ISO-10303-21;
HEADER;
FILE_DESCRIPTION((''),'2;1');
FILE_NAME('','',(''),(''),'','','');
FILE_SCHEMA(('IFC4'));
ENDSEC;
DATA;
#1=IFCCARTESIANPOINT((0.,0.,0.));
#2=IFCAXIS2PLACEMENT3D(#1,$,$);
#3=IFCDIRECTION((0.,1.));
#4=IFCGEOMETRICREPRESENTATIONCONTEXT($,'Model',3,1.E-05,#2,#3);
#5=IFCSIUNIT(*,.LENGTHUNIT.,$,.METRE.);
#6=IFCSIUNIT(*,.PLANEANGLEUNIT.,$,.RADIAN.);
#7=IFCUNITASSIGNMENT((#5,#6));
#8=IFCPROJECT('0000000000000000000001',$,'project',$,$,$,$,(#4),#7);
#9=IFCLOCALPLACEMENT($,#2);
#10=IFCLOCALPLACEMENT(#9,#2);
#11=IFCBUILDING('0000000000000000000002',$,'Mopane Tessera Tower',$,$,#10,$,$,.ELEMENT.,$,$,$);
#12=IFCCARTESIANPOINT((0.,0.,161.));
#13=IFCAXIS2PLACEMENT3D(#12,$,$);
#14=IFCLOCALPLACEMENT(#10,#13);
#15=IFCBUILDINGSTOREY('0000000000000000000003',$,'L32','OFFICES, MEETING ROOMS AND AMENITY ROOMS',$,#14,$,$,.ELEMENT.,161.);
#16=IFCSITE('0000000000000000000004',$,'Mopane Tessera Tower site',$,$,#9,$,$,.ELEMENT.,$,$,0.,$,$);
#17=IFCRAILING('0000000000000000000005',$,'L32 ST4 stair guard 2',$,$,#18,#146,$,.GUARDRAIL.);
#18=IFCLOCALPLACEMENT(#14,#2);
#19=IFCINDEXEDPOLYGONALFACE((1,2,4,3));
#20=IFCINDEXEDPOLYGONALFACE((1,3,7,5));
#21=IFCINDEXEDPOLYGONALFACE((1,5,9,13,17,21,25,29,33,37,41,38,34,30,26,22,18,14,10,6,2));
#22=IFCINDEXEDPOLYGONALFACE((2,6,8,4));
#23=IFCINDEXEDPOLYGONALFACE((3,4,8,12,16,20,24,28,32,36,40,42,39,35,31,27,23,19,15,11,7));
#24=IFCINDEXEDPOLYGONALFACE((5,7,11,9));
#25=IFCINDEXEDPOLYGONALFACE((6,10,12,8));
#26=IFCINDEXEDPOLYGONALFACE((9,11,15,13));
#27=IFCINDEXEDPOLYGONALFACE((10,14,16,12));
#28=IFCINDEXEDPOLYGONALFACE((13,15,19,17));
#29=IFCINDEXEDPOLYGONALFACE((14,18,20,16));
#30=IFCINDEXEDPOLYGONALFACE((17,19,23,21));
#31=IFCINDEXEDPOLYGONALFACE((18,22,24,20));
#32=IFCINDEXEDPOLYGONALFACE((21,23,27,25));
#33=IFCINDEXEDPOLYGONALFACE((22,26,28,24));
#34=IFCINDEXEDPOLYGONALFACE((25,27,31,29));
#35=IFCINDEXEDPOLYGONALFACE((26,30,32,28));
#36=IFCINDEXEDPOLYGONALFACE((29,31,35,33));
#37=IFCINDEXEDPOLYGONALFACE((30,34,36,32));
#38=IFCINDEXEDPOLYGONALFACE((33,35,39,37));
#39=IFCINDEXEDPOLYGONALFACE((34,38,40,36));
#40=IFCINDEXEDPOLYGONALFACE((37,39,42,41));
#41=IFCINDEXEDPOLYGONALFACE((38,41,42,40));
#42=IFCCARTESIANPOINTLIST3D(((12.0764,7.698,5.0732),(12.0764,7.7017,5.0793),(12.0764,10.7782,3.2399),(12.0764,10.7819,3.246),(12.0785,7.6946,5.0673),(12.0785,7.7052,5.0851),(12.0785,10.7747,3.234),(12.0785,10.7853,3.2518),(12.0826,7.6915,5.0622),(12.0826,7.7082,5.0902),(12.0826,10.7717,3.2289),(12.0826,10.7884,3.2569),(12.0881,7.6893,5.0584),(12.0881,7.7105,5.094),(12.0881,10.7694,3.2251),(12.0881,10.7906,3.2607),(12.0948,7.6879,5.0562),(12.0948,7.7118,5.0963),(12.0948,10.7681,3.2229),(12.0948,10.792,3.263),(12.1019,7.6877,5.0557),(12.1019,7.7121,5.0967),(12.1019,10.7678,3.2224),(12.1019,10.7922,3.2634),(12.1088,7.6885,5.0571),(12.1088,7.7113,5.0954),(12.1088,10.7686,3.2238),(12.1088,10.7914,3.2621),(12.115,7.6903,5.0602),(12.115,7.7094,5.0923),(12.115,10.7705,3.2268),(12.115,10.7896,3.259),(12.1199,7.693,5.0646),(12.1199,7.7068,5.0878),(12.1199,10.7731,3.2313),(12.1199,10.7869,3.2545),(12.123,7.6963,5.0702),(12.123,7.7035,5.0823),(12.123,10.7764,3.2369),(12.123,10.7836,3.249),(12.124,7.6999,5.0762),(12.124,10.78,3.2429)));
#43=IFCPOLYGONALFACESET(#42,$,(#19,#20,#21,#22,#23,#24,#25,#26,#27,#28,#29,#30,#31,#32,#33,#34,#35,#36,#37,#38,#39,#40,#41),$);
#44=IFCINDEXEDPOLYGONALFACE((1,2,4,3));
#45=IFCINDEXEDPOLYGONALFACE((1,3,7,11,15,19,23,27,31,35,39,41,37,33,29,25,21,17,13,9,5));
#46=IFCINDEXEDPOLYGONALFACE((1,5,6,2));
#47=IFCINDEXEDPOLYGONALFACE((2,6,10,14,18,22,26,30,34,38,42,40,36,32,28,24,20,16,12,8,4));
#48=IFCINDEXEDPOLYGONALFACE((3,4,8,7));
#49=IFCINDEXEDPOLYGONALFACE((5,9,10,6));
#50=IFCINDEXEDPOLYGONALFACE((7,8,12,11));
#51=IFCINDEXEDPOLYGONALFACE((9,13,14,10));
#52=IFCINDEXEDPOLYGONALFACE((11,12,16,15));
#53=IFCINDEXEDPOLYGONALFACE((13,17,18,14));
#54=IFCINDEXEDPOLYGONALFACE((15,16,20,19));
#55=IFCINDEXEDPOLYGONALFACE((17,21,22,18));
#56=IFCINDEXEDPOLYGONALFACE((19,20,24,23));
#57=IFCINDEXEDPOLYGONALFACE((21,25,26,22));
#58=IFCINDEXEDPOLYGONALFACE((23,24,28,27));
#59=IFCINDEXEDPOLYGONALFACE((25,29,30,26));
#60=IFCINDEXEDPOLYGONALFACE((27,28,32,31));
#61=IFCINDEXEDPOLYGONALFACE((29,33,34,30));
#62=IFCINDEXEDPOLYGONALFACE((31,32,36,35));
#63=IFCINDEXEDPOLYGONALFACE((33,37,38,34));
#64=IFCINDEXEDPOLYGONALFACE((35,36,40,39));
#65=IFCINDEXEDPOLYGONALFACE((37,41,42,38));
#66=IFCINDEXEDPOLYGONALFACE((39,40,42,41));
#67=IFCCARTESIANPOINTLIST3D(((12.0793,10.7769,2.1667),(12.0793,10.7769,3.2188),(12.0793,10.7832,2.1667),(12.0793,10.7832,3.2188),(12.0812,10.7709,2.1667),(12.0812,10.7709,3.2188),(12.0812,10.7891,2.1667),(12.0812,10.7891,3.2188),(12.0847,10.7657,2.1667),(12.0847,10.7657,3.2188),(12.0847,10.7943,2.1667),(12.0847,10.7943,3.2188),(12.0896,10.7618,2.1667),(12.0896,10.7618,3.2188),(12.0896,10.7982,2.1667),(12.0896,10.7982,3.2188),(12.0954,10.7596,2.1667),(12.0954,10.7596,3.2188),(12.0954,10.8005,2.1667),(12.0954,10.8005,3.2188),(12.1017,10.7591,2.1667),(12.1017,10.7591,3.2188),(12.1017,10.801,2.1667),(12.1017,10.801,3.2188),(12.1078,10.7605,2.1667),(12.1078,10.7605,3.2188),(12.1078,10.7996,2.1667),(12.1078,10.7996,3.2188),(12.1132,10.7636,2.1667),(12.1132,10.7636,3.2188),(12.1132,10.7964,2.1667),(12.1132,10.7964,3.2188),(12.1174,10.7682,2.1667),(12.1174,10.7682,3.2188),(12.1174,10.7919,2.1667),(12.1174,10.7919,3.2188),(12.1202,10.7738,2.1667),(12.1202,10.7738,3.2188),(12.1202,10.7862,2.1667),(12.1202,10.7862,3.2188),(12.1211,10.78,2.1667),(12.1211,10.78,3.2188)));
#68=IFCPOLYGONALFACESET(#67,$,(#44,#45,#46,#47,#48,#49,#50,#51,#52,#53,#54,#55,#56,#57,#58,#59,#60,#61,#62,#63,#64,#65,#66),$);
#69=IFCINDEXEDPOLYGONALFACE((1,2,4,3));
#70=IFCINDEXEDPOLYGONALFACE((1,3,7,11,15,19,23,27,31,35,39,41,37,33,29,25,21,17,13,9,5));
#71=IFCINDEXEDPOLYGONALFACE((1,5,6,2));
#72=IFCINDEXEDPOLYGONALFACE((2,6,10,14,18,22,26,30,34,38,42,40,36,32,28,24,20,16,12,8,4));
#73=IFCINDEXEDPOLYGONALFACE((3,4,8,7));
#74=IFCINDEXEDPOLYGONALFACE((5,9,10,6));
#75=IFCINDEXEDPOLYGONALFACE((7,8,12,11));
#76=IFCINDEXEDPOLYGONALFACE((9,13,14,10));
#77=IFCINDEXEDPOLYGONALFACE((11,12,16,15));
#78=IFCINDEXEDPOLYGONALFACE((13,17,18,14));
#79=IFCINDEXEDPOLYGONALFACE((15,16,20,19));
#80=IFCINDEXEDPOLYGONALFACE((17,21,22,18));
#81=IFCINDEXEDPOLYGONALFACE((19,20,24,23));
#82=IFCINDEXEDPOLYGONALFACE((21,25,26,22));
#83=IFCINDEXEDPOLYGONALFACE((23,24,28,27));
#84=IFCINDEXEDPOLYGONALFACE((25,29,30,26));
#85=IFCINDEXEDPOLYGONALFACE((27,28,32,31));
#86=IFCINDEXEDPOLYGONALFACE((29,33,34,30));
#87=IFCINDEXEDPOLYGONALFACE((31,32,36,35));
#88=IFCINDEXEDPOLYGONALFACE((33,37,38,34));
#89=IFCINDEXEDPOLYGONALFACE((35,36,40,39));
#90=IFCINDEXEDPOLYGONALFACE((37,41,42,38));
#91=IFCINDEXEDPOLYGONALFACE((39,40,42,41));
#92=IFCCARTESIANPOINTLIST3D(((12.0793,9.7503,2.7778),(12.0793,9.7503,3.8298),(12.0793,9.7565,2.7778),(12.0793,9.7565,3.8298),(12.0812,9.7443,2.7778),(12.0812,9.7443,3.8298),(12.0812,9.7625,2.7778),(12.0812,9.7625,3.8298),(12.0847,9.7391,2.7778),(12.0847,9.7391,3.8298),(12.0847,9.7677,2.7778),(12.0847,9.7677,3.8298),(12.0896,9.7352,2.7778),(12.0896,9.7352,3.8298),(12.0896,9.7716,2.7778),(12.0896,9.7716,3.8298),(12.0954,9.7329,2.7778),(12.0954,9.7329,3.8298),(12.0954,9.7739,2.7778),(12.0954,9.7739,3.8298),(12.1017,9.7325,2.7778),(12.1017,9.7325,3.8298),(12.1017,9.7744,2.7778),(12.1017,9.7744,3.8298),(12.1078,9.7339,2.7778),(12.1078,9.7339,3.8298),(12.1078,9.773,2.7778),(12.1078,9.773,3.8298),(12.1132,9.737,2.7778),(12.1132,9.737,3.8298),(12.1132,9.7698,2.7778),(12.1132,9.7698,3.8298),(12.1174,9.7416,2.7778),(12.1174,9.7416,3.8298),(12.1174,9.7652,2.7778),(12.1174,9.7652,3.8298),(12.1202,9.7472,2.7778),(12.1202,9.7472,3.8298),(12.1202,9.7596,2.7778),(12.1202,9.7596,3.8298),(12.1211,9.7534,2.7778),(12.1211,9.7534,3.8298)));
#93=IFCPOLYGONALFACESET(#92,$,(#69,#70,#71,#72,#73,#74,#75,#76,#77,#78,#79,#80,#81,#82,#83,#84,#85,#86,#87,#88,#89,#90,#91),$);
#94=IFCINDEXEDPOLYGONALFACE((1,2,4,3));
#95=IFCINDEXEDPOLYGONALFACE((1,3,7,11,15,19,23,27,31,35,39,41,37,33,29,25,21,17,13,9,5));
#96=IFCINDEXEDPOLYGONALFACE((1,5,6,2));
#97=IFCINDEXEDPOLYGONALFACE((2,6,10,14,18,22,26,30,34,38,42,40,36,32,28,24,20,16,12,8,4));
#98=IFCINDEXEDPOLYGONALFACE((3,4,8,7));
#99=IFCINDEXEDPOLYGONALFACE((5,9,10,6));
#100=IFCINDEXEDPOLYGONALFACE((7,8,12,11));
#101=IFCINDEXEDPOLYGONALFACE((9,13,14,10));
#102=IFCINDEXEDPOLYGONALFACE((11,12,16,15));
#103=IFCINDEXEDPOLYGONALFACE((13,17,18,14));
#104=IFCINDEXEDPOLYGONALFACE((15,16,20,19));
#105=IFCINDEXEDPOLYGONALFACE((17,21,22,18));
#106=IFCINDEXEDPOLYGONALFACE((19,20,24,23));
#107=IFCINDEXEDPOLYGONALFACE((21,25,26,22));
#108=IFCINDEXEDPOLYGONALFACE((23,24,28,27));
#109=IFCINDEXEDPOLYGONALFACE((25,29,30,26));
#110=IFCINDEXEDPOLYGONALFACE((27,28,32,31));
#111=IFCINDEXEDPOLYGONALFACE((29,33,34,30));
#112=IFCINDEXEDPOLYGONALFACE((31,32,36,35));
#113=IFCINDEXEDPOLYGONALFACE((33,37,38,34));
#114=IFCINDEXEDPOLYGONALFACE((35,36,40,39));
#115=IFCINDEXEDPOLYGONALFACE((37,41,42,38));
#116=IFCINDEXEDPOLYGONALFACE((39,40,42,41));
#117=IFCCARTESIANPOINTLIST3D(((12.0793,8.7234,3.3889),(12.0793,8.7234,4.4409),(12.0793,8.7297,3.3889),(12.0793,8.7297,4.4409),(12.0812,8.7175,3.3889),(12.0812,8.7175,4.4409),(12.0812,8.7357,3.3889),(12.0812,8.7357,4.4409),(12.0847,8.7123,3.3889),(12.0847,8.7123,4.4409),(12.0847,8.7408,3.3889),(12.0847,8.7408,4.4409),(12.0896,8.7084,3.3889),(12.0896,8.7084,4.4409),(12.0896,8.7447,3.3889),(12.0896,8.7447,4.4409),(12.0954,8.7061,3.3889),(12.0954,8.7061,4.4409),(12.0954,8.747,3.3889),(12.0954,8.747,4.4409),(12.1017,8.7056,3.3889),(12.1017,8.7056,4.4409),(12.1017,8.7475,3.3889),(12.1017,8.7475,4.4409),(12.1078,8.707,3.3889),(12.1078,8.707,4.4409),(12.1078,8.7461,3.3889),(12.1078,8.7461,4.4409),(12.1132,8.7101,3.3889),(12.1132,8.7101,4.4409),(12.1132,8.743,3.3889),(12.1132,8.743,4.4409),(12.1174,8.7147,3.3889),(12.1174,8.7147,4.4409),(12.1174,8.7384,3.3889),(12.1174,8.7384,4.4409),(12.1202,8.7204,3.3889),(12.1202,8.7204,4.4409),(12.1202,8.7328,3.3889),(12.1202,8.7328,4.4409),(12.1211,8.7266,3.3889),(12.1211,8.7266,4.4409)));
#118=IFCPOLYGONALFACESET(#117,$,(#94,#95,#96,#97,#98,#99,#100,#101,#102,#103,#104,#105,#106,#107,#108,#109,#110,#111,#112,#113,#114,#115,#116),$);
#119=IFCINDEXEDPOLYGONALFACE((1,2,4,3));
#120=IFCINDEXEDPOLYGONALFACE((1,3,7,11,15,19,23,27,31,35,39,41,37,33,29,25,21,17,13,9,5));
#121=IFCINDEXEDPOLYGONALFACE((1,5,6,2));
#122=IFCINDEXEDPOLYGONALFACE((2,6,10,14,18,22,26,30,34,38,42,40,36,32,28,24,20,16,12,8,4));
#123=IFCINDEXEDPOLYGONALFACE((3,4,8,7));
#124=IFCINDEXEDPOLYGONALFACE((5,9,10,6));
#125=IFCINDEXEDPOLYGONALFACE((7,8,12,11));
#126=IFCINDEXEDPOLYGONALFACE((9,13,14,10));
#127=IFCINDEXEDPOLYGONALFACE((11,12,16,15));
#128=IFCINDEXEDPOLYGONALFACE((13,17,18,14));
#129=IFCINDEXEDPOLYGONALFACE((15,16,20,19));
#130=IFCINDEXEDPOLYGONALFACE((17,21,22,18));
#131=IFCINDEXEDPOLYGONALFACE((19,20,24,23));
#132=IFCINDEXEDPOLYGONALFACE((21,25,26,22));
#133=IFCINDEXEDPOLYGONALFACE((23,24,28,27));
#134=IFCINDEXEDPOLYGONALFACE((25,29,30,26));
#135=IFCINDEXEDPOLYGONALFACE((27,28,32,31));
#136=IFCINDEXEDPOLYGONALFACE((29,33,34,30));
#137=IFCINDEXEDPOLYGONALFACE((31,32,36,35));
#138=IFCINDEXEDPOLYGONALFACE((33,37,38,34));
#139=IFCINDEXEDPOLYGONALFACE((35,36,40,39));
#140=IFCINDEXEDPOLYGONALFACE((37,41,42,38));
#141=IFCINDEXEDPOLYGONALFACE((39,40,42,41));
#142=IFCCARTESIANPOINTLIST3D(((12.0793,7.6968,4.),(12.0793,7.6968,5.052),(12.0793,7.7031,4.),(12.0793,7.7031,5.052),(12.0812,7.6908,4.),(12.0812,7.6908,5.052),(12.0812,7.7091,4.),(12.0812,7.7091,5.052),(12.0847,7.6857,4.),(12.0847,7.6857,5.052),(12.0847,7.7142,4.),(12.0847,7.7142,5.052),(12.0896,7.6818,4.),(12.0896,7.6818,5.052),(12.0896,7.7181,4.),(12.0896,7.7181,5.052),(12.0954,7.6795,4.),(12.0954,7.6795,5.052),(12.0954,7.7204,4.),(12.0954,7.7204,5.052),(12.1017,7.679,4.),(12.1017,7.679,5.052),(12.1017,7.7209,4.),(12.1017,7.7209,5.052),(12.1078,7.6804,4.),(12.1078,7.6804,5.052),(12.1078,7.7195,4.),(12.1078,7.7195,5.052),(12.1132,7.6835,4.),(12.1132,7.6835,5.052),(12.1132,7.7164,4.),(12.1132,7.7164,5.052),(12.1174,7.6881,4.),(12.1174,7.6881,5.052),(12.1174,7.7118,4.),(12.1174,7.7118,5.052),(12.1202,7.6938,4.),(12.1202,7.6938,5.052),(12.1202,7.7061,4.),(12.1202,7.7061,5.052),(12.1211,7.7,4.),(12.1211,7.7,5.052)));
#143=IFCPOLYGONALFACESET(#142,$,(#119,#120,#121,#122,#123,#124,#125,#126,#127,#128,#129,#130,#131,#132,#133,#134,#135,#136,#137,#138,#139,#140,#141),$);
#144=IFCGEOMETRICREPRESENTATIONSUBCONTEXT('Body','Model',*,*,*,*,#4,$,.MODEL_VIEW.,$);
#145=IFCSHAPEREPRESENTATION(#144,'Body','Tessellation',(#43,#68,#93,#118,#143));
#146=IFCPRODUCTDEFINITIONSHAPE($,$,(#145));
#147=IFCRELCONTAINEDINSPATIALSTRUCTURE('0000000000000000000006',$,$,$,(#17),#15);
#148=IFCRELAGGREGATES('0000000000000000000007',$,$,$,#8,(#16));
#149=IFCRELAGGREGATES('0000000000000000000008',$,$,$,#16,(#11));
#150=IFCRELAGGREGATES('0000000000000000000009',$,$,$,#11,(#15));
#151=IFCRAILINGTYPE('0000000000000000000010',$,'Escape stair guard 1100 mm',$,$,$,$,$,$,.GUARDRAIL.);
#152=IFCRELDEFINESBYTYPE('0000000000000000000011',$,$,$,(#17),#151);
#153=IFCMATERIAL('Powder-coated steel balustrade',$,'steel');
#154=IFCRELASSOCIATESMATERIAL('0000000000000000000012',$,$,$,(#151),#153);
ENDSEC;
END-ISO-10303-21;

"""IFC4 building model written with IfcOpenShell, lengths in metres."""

from ifc_helpers import new_model, si_unit, direction, frame, origin, origin_2d, place, context, subcontext, project, spatial, circle, extrude, material, type_object, element, save


model = new_model("IFC4")

# Units and contexts
model_context = context("Model", 3, precision=1e-05, world=origin(), true_north=direction((0.0, 1.0)))
body_context = subcontext(model_context, "Body", "Model", "MODEL_VIEW")
ifc_project = project(units=[si_unit("LENGTHUNIT", "METRE"), si_unit("PLANEANGLEUNIT", "RADIAN")], contexts=[model_context])

# Site, building, storey
site_placement = place(None, origin())
site = spatial("IfcSite", under=ifc_project, at=site_placement, Name="Mopane Tessera Tower site", CompositionType="ELEMENT", RefElevation=0.0)
building_placement = place(site_placement, origin())
building = spatial("IfcBuilding", under=site, at=building_placement, Name="Mopane Tessera Tower", CompositionType="ELEMENT")
storey_placement = place(building_placement, frame((0.0, 0.0, 161.0)))
storey = spatial("IfcBuildingStorey", under=building, at=storey_placement, Name="L32", Description="OFFICES, MEETING ROOMS AND AMENITY ROOMS", CompositionType="ELEMENT", Elevation=161.0)

# Railing
ifc_material_1 = material(Name="Powder-coated steel balustrade", Category="steel")
railing_type_1 = type_object("IfcRailingType", Name="Escape stair guard 1100 mm", PredefinedType="GUARDRAIL", material=ifc_material_1)
railing_1_placement = place(storey_placement, frame((12.1001, 10.78, 2.1667)))
element("IfcRailing", 1, at=railing_1_placement, inside=storey, type_object=railing_type_1, Name="L32 ST4 stair guard 2", PredefinedType="GUARDRAIL", context=body_context, shape_type="SweptSolid", body=[
    extrude(circle(Radius=0.0239, at=origin_2d()), frame((0.0, 0.0, 1.0762), z_axis=(0.0, -0.859309, 0.511458), x_axis=(1.0, 0.0, 0.0)), (0.0, 0.0, 1.0), 3.5845),
    extrude(circle(Radius=0.021, at=origin_2d()), origin(), (0.0, 0.0, 1.0), 1.052),
    extrude(circle(Radius=0.021, at=origin_2d()), frame((0.0, -1.0266, 0.6111)), (0.0, 0.0, 1.0), 1.052),
    extrude(circle(Radius=0.021, at=origin_2d()), frame((0.0, -2.0535, 1.2222)), (0.0, 0.0, 1.0), 1.052),
    extrude(circle(Radius=0.021, at=origin_2d()), frame((0.0, -3.0801, 1.8333)), (0.0, 0.0, 1.0), 1.052),
])

save(model, "model.ifc")
